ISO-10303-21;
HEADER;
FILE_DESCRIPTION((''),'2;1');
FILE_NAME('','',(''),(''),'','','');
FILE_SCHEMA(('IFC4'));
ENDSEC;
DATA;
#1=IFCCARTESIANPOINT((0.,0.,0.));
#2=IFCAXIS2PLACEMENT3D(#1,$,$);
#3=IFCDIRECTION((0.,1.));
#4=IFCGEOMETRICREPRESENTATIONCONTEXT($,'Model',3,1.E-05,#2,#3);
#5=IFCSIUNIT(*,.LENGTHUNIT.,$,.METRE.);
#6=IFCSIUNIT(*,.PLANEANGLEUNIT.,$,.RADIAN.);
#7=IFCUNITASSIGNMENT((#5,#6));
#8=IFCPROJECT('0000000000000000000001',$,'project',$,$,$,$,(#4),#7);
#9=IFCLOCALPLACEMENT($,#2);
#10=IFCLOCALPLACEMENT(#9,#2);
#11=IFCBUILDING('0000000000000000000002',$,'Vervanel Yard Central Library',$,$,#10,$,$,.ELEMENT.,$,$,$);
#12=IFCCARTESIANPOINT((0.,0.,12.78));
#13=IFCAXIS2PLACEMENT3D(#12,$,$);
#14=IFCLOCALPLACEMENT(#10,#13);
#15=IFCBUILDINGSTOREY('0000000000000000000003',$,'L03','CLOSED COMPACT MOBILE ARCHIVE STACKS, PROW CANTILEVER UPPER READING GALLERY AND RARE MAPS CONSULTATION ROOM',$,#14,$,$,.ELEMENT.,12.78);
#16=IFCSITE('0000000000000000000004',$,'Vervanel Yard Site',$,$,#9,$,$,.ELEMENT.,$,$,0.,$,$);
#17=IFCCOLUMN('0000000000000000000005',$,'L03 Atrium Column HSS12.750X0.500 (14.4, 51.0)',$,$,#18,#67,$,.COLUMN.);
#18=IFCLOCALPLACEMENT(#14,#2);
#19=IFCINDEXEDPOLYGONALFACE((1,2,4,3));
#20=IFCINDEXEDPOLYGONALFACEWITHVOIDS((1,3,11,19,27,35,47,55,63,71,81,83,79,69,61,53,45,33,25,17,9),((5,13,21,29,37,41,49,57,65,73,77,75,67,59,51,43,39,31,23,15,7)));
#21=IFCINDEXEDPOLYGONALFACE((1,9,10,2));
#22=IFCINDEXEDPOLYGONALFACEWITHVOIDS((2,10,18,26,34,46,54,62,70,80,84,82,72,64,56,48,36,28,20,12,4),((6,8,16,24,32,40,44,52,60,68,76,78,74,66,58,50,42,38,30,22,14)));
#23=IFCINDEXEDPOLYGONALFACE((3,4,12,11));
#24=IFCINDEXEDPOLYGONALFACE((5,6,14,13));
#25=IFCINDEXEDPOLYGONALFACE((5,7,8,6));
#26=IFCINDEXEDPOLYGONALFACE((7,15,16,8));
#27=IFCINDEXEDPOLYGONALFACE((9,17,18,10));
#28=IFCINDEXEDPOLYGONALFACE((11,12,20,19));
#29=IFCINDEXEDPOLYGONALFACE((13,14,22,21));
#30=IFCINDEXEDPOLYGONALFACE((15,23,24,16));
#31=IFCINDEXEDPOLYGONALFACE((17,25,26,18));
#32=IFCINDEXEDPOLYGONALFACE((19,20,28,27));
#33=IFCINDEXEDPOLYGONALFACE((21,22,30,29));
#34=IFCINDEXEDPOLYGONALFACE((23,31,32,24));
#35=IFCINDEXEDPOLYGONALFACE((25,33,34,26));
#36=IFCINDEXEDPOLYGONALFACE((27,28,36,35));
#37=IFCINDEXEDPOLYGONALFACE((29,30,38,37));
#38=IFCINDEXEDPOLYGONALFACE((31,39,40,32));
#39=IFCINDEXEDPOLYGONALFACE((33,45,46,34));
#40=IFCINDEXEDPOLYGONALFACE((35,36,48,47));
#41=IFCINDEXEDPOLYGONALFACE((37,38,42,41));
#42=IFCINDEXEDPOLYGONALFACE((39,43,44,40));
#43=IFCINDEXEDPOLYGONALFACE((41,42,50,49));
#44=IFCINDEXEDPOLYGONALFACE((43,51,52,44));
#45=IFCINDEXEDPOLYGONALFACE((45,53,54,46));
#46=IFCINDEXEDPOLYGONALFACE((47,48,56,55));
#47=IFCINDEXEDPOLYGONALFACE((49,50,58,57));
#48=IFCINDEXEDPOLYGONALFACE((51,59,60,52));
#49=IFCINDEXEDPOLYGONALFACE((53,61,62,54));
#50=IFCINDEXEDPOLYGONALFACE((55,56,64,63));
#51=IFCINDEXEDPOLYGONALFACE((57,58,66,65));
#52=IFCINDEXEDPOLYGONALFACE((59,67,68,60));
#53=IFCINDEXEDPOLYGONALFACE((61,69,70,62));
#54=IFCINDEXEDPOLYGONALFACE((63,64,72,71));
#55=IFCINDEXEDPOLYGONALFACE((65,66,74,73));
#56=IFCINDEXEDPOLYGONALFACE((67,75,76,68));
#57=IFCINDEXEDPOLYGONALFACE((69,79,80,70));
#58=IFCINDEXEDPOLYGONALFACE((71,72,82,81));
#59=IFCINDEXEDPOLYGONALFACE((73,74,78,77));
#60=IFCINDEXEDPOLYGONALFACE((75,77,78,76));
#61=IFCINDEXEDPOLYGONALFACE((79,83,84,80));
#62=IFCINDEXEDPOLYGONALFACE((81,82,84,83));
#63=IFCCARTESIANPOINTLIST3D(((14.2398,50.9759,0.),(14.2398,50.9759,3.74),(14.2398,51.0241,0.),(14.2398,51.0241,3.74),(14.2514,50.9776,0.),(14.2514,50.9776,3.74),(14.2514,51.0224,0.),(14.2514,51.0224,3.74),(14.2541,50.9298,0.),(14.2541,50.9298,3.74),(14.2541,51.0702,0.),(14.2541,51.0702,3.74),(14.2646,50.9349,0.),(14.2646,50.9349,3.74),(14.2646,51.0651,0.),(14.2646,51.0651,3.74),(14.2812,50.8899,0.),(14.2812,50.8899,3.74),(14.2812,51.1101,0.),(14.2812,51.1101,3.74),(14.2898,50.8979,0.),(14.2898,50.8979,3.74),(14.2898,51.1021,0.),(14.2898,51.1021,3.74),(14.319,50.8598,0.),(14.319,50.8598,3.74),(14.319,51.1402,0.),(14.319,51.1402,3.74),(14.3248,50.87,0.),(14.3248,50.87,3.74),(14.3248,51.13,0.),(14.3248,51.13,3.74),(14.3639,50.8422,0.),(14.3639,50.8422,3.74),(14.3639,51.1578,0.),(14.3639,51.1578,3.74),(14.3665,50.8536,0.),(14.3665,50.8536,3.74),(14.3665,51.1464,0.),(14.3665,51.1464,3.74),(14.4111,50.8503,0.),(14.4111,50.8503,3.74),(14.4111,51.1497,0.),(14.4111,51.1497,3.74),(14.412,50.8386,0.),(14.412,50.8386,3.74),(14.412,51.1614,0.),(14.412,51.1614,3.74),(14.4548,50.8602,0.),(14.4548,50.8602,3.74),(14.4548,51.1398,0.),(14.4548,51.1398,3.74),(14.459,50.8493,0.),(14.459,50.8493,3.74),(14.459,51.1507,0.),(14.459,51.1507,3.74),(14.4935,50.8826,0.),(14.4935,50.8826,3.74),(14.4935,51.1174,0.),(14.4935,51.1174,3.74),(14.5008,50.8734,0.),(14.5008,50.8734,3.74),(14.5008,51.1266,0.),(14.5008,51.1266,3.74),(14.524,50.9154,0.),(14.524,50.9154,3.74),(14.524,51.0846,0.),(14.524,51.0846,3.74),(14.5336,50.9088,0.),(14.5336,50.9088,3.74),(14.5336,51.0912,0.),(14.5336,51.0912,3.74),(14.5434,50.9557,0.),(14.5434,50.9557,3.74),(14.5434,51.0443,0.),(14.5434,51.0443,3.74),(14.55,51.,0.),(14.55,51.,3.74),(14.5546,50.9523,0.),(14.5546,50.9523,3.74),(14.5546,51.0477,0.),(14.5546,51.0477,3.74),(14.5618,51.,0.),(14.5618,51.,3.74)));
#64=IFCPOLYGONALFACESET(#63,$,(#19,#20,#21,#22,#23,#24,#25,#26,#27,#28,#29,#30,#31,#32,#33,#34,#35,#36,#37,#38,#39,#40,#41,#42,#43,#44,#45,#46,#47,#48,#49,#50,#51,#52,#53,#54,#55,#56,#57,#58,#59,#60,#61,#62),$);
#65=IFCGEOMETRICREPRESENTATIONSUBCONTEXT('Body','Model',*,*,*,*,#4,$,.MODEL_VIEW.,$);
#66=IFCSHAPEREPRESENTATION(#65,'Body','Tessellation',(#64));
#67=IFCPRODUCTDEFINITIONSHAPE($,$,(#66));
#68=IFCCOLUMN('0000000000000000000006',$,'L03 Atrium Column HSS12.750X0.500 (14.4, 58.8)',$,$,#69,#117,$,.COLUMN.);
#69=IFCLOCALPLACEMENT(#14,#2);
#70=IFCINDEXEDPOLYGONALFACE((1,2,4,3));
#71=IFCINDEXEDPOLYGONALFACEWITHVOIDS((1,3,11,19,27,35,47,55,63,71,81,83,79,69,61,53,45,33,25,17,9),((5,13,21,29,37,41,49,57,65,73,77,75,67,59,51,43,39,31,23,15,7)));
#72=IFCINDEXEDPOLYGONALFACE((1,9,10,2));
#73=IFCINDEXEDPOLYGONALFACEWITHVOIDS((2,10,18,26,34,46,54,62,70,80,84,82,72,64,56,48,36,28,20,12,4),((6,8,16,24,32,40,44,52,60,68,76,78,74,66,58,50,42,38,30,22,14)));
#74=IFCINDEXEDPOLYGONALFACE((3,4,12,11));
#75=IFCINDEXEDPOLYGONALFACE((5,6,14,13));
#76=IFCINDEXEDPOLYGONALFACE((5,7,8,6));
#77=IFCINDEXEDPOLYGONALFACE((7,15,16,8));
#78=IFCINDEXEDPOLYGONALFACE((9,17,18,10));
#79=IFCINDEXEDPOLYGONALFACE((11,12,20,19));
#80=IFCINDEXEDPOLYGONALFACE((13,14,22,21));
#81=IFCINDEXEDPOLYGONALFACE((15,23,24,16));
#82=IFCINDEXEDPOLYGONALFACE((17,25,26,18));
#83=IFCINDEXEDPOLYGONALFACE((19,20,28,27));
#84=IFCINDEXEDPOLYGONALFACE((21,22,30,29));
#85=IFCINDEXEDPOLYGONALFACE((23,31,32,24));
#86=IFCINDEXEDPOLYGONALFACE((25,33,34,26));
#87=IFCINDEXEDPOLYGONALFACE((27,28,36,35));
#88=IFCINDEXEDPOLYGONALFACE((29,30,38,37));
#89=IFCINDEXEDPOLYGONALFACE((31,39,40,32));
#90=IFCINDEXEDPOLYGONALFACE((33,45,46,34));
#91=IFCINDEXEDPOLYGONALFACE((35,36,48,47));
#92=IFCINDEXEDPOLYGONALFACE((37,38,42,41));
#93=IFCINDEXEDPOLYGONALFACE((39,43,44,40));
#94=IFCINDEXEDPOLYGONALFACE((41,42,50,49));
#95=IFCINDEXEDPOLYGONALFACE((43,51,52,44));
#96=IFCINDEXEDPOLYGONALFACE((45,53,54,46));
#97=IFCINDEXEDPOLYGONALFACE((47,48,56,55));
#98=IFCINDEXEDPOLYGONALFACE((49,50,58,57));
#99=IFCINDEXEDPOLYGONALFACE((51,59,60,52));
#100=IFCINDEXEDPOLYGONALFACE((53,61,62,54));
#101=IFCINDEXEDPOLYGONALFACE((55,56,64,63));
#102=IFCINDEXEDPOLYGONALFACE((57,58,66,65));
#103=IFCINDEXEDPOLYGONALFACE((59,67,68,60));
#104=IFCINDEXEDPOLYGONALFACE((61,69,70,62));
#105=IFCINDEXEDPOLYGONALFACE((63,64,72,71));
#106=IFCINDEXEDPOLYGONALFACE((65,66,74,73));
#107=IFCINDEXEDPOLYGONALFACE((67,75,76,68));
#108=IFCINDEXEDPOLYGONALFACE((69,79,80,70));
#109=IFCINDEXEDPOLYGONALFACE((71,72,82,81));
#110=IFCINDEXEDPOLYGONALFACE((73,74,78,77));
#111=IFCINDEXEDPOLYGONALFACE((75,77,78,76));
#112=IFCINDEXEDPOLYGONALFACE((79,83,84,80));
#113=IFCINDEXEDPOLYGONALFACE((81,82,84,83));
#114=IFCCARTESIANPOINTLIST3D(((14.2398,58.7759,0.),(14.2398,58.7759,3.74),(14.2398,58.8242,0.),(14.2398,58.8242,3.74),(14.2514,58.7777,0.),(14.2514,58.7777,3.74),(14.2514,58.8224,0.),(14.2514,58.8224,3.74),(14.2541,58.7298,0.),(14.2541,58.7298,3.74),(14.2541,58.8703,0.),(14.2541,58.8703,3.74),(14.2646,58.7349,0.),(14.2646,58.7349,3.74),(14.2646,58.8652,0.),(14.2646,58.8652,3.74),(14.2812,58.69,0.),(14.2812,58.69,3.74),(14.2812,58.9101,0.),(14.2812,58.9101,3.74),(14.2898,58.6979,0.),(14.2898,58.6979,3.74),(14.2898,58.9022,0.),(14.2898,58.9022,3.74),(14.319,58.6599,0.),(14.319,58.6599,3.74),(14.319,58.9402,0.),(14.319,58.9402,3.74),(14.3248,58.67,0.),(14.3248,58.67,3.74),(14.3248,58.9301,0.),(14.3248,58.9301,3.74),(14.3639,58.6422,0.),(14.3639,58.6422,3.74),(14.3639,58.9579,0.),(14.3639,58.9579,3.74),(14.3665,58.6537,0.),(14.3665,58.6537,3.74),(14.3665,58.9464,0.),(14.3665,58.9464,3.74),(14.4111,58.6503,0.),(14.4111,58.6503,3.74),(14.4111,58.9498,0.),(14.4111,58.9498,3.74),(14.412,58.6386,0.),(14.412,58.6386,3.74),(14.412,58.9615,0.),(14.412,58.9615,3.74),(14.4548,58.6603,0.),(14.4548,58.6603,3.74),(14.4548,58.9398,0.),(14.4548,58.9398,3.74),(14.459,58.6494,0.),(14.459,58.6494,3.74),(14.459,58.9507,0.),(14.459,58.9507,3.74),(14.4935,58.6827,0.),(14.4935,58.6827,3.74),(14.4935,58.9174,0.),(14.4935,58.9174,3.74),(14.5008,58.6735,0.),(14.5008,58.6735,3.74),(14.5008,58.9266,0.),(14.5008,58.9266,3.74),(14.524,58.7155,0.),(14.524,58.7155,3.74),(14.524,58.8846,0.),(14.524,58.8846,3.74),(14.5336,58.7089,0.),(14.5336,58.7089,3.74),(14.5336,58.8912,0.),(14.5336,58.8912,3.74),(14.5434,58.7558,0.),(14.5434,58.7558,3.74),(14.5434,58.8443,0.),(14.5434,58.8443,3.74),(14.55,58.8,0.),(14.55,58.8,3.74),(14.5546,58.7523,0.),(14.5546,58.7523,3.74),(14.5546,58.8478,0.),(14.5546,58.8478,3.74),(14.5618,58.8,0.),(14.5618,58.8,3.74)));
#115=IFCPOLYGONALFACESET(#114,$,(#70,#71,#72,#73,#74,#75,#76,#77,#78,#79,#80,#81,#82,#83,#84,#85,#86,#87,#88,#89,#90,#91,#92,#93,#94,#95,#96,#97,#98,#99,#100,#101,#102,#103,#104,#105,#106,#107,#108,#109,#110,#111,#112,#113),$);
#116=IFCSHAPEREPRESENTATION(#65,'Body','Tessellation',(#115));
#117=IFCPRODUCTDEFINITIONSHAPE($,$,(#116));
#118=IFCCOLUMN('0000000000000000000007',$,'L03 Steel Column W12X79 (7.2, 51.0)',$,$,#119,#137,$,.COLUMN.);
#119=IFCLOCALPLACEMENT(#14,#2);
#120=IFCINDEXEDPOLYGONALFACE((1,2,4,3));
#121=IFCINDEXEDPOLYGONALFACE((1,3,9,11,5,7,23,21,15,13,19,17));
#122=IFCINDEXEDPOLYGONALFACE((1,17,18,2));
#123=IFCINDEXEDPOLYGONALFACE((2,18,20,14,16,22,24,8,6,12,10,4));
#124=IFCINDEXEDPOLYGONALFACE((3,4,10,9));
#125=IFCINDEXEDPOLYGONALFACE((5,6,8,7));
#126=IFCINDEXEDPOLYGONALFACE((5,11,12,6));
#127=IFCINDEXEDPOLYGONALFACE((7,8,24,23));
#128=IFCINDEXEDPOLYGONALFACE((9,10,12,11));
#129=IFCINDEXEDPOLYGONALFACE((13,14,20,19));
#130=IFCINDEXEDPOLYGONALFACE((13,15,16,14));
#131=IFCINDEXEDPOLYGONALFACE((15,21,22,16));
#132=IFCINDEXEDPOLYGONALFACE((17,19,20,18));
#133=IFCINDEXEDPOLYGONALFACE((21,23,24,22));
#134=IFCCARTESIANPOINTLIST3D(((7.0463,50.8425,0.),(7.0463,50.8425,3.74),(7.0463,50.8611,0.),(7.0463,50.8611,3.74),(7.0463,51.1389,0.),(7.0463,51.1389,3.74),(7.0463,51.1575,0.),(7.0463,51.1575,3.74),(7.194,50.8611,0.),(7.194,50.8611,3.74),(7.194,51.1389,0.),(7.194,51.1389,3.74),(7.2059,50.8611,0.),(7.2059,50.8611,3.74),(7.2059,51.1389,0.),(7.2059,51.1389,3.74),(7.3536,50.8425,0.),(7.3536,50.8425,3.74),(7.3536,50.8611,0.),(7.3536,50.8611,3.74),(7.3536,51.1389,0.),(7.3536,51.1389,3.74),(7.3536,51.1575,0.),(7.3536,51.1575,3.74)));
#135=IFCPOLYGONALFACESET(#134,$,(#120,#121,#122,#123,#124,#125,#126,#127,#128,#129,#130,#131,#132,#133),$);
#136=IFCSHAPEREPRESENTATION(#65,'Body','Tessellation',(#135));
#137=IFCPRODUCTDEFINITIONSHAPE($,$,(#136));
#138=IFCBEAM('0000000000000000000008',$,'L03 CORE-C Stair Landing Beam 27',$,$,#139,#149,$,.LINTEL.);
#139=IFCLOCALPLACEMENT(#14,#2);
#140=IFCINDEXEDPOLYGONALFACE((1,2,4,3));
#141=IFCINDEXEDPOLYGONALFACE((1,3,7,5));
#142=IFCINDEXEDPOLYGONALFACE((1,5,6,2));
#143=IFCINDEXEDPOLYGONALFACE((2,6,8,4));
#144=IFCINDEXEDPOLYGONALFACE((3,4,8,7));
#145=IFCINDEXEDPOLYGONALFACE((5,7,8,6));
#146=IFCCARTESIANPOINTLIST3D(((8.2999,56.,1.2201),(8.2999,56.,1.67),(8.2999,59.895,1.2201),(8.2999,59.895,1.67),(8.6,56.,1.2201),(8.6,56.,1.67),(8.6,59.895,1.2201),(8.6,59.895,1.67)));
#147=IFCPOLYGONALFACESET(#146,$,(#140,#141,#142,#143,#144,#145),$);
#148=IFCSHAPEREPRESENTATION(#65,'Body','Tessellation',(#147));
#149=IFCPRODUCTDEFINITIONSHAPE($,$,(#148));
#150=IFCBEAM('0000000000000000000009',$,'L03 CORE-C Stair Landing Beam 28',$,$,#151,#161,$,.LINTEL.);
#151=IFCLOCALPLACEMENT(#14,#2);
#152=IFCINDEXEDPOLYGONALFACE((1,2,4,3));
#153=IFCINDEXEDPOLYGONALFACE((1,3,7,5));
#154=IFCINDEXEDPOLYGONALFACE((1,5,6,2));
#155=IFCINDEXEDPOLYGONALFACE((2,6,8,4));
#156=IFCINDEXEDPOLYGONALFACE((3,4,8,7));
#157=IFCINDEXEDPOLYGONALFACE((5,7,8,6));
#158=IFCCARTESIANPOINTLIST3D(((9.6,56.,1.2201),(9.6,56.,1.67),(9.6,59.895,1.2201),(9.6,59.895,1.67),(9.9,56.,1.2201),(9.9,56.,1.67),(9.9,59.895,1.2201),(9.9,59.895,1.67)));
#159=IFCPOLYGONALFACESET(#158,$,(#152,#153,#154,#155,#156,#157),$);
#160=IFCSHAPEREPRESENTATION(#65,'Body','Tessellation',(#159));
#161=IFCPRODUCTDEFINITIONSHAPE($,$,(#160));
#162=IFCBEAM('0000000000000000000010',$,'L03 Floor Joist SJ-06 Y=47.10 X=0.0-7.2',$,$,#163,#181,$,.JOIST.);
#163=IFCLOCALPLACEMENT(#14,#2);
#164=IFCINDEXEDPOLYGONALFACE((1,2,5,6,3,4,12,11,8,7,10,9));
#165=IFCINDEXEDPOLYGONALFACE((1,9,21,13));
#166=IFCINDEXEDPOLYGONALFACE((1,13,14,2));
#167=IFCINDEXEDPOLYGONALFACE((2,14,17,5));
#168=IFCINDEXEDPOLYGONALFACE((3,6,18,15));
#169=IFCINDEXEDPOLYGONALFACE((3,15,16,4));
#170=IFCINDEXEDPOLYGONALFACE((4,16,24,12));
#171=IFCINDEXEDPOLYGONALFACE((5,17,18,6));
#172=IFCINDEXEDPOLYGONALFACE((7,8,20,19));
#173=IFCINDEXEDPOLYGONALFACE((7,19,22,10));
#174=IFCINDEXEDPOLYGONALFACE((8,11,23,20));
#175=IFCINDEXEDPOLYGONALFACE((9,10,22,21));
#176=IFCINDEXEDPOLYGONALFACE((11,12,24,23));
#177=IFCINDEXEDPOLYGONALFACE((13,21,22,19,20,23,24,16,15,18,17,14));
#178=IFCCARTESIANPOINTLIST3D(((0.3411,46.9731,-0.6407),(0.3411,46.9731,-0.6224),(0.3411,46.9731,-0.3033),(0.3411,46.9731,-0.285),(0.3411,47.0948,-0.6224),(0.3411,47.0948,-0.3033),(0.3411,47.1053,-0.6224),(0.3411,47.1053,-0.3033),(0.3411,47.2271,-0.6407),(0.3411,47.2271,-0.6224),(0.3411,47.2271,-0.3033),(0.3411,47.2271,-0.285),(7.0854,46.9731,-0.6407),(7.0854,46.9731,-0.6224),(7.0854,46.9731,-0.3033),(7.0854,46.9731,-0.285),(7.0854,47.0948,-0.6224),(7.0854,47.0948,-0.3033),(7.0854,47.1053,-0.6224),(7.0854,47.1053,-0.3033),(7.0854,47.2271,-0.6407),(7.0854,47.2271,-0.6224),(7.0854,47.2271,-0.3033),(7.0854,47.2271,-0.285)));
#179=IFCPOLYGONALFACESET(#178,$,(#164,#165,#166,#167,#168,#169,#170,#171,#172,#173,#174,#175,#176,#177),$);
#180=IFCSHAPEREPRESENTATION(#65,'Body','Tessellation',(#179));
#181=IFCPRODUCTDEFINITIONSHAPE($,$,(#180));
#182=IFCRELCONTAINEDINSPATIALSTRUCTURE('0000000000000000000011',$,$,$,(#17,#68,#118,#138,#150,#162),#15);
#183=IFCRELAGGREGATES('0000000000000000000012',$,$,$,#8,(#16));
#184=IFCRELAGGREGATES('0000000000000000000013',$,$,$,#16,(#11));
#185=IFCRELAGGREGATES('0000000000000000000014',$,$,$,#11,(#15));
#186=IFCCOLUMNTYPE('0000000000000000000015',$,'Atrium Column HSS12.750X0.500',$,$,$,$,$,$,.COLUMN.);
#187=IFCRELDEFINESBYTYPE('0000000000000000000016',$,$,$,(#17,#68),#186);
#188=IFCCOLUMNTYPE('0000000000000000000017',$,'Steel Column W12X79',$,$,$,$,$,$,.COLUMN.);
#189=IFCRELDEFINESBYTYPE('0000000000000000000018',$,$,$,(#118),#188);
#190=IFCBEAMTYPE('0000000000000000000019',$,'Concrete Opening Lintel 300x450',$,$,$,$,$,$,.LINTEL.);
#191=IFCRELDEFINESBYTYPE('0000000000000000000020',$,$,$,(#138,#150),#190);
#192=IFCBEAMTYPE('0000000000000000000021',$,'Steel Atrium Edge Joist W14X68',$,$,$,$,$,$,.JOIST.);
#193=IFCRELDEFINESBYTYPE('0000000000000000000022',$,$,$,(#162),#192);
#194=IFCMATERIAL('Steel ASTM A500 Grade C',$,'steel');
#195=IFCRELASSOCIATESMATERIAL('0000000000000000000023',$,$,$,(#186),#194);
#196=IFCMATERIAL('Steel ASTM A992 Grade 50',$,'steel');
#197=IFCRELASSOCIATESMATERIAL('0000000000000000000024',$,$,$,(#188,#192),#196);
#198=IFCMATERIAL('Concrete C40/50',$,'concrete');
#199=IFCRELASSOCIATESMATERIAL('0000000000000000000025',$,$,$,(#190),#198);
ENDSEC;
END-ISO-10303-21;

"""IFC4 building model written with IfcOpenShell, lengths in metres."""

from ifc_helpers import new_model, si_unit, direction, frame, origin, origin_2d, place, context, subcontext, project, spatial, rectangle, hollow_circle, i_section, extrude, material, material_profile, profile_set, type_object, element, save


model = new_model("IFC4")

# Units and contexts
model_context = context("Model", 3, precision=1e-05, world=origin(), true_north=direction((0.0, 1.0)))
body_context = subcontext(model_context, "Body", "Model", "MODEL_VIEW")
ifc_project = project(units=[si_unit("LENGTHUNIT", "METRE"), si_unit("PLANEANGLEUNIT", "RADIAN")], contexts=[model_context])

# Site, building, storey
site_placement = place(None, origin())
site = spatial("IfcSite", under=ifc_project, at=site_placement, Name="Vervanel Yard Site", CompositionType="ELEMENT", RefElevation=0.0)
building_placement = place(site_placement, origin())
building = spatial("IfcBuilding", under=site, at=building_placement, Name="Vervanel Yard Central Library", CompositionType="ELEMENT")
storey_placement = place(building_placement, frame((0.0, 0.0, 12.78)))
storey = spatial("IfcBuildingStorey", under=building, at=storey_placement, Name="L03", Description="CLOSED COMPACT MOBILE ARCHIVE STACKS, PROW CANTILEVER UPPER READING GALLERY AND RARE MAPS CONSULTATION ROOM", CompositionType="ELEMENT", Elevation=12.78)

# Columns
ifc_material_1 = material(Name="Steel ASTM A500 Grade C", Category="steel")
ifc_material_profile_1 = material_profile(ifc_material_1, hollow_circle(Radius=0.1619, WallThickness=0.0117, at=origin_2d()), Name="HSS12.750X0.500", Category="steel")
ifc_profile_set_1 = profile_set([ifc_material_profile_1], Name="Steel ASTM A500 Grade C")
column_type_1 = type_object("IfcColumnType", Name="Atrium Column HSS12.750X0.500", PredefinedType="COLUMN", material=ifc_profile_set_1)
for number, where, z_axis, x_axis, name in (
    (1, (14.3999, 51.0, 0.0), (0.0, 0.0, 1.0), (1.0, 0.0, 0.0), "L03 Atrium Column HSS12.750X0.500 (14.4, 51.0)"),
    (2, (14.3999, 58.8, 0.0), (0.0, 0.0, 1.0), (1.0, 0.0, 0.0), "L03 Atrium Column HSS12.750X0.500 (14.4, 58.8)"),
):
    element("IfcColumn", number, at=place(storey_placement, frame(where, z_axis=z_axis, x_axis=x_axis)), inside=storey, type_object=column_type_1, Name=name, PredefinedType="COLUMN", context=body_context, shape_type="SweptSolid", body=[
        extrude(hollow_circle(Radius=0.1619, WallThickness=0.0117, at=origin_2d()), origin(), (0.0, 0.0, 1.0), 3.74),
    ])
ifc_material_2 = material(Name="Steel ASTM A992 Grade 50", Category="steel")
ifc_material_profile_2 = material_profile(ifc_material_2, i_section(OverallWidth=0.3074, OverallDepth=0.3149, WebThickness=0.012, FlangeThickness=0.0186, at=origin_2d()), Name="W12X79", Category="steel")
ifc_profile_set_2 = profile_set([ifc_material_profile_2], Name="Steel ASTM A992 Grade 50")
column_type_2 = type_object("IfcColumnType", Name="Steel Column W12X79", PredefinedType="COLUMN", material=ifc_profile_set_2)
column_placement = place(storey_placement, frame((7.2, 51.0, 0.0), z_axis=(0.0, 0.0, 1.0), x_axis=(1.0, 0.0, 0.0)))
element("IfcColumn", 3, at=column_placement, inside=storey, type_object=column_type_2, Name="L03 Steel Column W12X79 (7.2, 51.0)", PredefinedType="COLUMN", context=body_context, shape_type="SweptSolid", body=[
    extrude(i_section(OverallWidth=0.3074, OverallDepth=0.3149, WebThickness=0.012, FlangeThickness=0.0186, at=origin_2d()), origin(), (0.0, 0.0, 1.0), 3.74),
])

# Beams
ifc_material_3 = material(Name="Concrete C40/50", Category="concrete")
ifc_material_profile_3 = material_profile(ifc_material_3, rectangle(XDim=0.3, YDim=0.45, at=origin_2d()), Name="RC 300x450", Category="concrete")
ifc_profile_set_3 = profile_set([ifc_material_profile_3], Name="Concrete C40/50")
beam_type_1 = type_object("IfcBeamType", Name="Concrete Opening Lintel 300x450", PredefinedType="LINTEL", material=ifc_profile_set_3)
for number, where, z_axis, x_axis, name in (
    (4, (8.45, 56.0, 1.4451), (0.0, 1.0, 0.0), (-1.0, 0.0, 0.0), "L03 CORE-C Stair Landing Beam 27"),
    (5, (9.75, 56.0, 1.4451), (0.0, 1.0, 0.0), (-1.0, 0.0, 0.0), "L03 CORE-C Stair Landing Beam 28"),
):
    element("IfcBeam", number, at=place(storey_placement, frame(where, z_axis=z_axis, x_axis=x_axis)), inside=storey, type_object=beam_type_1, Name=name, PredefinedType="LINTEL", context=body_context, shape_type="SweptSolid", body=[
        extrude(rectangle(XDim=0.3, YDim=0.45, at=origin_2d()), origin(), (0.0, 0.0, 1.0), 3.895),
    ])
ifc_material_profile_4 = material_profile(ifc_material_2, i_section(OverallWidth=0.2539, OverallDepth=0.3557, WebThickness=0.0105, FlangeThickness=0.0183, at=origin_2d()), Name="W14X68", Category="steel")
ifc_profile_set_4 = profile_set([ifc_material_profile_4], Name="Steel ASTM A992 Grade 50")
beam_type_2 = type_object("IfcBeamType", Name="Steel Atrium Edge Joist W14X68", PredefinedType="JOIST", material=ifc_profile_set_4)
beam_1_placement = place(storey_placement, frame((0.3411, 47.1001, -0.4629), z_axis=(1.0, 0.0, 0.0), x_axis=(0.0, 1.0, 0.0)))
element("IfcBeam", 6, at=beam_1_placement, inside=storey, type_object=beam_type_2, Name="L03 Floor Joist SJ-06 Y=47.10 X=0.0-7.2", PredefinedType="JOIST", context=body_context, shape_type="SweptSolid", body=[
    extrude(i_section(OverallWidth=0.2539, OverallDepth=0.3557, WebThickness=0.0105, FlangeThickness=0.0183, at=origin_2d()), origin(), (0.0, 0.0, 1.0), 6.7444),
])

save(model, "model.ifc")
